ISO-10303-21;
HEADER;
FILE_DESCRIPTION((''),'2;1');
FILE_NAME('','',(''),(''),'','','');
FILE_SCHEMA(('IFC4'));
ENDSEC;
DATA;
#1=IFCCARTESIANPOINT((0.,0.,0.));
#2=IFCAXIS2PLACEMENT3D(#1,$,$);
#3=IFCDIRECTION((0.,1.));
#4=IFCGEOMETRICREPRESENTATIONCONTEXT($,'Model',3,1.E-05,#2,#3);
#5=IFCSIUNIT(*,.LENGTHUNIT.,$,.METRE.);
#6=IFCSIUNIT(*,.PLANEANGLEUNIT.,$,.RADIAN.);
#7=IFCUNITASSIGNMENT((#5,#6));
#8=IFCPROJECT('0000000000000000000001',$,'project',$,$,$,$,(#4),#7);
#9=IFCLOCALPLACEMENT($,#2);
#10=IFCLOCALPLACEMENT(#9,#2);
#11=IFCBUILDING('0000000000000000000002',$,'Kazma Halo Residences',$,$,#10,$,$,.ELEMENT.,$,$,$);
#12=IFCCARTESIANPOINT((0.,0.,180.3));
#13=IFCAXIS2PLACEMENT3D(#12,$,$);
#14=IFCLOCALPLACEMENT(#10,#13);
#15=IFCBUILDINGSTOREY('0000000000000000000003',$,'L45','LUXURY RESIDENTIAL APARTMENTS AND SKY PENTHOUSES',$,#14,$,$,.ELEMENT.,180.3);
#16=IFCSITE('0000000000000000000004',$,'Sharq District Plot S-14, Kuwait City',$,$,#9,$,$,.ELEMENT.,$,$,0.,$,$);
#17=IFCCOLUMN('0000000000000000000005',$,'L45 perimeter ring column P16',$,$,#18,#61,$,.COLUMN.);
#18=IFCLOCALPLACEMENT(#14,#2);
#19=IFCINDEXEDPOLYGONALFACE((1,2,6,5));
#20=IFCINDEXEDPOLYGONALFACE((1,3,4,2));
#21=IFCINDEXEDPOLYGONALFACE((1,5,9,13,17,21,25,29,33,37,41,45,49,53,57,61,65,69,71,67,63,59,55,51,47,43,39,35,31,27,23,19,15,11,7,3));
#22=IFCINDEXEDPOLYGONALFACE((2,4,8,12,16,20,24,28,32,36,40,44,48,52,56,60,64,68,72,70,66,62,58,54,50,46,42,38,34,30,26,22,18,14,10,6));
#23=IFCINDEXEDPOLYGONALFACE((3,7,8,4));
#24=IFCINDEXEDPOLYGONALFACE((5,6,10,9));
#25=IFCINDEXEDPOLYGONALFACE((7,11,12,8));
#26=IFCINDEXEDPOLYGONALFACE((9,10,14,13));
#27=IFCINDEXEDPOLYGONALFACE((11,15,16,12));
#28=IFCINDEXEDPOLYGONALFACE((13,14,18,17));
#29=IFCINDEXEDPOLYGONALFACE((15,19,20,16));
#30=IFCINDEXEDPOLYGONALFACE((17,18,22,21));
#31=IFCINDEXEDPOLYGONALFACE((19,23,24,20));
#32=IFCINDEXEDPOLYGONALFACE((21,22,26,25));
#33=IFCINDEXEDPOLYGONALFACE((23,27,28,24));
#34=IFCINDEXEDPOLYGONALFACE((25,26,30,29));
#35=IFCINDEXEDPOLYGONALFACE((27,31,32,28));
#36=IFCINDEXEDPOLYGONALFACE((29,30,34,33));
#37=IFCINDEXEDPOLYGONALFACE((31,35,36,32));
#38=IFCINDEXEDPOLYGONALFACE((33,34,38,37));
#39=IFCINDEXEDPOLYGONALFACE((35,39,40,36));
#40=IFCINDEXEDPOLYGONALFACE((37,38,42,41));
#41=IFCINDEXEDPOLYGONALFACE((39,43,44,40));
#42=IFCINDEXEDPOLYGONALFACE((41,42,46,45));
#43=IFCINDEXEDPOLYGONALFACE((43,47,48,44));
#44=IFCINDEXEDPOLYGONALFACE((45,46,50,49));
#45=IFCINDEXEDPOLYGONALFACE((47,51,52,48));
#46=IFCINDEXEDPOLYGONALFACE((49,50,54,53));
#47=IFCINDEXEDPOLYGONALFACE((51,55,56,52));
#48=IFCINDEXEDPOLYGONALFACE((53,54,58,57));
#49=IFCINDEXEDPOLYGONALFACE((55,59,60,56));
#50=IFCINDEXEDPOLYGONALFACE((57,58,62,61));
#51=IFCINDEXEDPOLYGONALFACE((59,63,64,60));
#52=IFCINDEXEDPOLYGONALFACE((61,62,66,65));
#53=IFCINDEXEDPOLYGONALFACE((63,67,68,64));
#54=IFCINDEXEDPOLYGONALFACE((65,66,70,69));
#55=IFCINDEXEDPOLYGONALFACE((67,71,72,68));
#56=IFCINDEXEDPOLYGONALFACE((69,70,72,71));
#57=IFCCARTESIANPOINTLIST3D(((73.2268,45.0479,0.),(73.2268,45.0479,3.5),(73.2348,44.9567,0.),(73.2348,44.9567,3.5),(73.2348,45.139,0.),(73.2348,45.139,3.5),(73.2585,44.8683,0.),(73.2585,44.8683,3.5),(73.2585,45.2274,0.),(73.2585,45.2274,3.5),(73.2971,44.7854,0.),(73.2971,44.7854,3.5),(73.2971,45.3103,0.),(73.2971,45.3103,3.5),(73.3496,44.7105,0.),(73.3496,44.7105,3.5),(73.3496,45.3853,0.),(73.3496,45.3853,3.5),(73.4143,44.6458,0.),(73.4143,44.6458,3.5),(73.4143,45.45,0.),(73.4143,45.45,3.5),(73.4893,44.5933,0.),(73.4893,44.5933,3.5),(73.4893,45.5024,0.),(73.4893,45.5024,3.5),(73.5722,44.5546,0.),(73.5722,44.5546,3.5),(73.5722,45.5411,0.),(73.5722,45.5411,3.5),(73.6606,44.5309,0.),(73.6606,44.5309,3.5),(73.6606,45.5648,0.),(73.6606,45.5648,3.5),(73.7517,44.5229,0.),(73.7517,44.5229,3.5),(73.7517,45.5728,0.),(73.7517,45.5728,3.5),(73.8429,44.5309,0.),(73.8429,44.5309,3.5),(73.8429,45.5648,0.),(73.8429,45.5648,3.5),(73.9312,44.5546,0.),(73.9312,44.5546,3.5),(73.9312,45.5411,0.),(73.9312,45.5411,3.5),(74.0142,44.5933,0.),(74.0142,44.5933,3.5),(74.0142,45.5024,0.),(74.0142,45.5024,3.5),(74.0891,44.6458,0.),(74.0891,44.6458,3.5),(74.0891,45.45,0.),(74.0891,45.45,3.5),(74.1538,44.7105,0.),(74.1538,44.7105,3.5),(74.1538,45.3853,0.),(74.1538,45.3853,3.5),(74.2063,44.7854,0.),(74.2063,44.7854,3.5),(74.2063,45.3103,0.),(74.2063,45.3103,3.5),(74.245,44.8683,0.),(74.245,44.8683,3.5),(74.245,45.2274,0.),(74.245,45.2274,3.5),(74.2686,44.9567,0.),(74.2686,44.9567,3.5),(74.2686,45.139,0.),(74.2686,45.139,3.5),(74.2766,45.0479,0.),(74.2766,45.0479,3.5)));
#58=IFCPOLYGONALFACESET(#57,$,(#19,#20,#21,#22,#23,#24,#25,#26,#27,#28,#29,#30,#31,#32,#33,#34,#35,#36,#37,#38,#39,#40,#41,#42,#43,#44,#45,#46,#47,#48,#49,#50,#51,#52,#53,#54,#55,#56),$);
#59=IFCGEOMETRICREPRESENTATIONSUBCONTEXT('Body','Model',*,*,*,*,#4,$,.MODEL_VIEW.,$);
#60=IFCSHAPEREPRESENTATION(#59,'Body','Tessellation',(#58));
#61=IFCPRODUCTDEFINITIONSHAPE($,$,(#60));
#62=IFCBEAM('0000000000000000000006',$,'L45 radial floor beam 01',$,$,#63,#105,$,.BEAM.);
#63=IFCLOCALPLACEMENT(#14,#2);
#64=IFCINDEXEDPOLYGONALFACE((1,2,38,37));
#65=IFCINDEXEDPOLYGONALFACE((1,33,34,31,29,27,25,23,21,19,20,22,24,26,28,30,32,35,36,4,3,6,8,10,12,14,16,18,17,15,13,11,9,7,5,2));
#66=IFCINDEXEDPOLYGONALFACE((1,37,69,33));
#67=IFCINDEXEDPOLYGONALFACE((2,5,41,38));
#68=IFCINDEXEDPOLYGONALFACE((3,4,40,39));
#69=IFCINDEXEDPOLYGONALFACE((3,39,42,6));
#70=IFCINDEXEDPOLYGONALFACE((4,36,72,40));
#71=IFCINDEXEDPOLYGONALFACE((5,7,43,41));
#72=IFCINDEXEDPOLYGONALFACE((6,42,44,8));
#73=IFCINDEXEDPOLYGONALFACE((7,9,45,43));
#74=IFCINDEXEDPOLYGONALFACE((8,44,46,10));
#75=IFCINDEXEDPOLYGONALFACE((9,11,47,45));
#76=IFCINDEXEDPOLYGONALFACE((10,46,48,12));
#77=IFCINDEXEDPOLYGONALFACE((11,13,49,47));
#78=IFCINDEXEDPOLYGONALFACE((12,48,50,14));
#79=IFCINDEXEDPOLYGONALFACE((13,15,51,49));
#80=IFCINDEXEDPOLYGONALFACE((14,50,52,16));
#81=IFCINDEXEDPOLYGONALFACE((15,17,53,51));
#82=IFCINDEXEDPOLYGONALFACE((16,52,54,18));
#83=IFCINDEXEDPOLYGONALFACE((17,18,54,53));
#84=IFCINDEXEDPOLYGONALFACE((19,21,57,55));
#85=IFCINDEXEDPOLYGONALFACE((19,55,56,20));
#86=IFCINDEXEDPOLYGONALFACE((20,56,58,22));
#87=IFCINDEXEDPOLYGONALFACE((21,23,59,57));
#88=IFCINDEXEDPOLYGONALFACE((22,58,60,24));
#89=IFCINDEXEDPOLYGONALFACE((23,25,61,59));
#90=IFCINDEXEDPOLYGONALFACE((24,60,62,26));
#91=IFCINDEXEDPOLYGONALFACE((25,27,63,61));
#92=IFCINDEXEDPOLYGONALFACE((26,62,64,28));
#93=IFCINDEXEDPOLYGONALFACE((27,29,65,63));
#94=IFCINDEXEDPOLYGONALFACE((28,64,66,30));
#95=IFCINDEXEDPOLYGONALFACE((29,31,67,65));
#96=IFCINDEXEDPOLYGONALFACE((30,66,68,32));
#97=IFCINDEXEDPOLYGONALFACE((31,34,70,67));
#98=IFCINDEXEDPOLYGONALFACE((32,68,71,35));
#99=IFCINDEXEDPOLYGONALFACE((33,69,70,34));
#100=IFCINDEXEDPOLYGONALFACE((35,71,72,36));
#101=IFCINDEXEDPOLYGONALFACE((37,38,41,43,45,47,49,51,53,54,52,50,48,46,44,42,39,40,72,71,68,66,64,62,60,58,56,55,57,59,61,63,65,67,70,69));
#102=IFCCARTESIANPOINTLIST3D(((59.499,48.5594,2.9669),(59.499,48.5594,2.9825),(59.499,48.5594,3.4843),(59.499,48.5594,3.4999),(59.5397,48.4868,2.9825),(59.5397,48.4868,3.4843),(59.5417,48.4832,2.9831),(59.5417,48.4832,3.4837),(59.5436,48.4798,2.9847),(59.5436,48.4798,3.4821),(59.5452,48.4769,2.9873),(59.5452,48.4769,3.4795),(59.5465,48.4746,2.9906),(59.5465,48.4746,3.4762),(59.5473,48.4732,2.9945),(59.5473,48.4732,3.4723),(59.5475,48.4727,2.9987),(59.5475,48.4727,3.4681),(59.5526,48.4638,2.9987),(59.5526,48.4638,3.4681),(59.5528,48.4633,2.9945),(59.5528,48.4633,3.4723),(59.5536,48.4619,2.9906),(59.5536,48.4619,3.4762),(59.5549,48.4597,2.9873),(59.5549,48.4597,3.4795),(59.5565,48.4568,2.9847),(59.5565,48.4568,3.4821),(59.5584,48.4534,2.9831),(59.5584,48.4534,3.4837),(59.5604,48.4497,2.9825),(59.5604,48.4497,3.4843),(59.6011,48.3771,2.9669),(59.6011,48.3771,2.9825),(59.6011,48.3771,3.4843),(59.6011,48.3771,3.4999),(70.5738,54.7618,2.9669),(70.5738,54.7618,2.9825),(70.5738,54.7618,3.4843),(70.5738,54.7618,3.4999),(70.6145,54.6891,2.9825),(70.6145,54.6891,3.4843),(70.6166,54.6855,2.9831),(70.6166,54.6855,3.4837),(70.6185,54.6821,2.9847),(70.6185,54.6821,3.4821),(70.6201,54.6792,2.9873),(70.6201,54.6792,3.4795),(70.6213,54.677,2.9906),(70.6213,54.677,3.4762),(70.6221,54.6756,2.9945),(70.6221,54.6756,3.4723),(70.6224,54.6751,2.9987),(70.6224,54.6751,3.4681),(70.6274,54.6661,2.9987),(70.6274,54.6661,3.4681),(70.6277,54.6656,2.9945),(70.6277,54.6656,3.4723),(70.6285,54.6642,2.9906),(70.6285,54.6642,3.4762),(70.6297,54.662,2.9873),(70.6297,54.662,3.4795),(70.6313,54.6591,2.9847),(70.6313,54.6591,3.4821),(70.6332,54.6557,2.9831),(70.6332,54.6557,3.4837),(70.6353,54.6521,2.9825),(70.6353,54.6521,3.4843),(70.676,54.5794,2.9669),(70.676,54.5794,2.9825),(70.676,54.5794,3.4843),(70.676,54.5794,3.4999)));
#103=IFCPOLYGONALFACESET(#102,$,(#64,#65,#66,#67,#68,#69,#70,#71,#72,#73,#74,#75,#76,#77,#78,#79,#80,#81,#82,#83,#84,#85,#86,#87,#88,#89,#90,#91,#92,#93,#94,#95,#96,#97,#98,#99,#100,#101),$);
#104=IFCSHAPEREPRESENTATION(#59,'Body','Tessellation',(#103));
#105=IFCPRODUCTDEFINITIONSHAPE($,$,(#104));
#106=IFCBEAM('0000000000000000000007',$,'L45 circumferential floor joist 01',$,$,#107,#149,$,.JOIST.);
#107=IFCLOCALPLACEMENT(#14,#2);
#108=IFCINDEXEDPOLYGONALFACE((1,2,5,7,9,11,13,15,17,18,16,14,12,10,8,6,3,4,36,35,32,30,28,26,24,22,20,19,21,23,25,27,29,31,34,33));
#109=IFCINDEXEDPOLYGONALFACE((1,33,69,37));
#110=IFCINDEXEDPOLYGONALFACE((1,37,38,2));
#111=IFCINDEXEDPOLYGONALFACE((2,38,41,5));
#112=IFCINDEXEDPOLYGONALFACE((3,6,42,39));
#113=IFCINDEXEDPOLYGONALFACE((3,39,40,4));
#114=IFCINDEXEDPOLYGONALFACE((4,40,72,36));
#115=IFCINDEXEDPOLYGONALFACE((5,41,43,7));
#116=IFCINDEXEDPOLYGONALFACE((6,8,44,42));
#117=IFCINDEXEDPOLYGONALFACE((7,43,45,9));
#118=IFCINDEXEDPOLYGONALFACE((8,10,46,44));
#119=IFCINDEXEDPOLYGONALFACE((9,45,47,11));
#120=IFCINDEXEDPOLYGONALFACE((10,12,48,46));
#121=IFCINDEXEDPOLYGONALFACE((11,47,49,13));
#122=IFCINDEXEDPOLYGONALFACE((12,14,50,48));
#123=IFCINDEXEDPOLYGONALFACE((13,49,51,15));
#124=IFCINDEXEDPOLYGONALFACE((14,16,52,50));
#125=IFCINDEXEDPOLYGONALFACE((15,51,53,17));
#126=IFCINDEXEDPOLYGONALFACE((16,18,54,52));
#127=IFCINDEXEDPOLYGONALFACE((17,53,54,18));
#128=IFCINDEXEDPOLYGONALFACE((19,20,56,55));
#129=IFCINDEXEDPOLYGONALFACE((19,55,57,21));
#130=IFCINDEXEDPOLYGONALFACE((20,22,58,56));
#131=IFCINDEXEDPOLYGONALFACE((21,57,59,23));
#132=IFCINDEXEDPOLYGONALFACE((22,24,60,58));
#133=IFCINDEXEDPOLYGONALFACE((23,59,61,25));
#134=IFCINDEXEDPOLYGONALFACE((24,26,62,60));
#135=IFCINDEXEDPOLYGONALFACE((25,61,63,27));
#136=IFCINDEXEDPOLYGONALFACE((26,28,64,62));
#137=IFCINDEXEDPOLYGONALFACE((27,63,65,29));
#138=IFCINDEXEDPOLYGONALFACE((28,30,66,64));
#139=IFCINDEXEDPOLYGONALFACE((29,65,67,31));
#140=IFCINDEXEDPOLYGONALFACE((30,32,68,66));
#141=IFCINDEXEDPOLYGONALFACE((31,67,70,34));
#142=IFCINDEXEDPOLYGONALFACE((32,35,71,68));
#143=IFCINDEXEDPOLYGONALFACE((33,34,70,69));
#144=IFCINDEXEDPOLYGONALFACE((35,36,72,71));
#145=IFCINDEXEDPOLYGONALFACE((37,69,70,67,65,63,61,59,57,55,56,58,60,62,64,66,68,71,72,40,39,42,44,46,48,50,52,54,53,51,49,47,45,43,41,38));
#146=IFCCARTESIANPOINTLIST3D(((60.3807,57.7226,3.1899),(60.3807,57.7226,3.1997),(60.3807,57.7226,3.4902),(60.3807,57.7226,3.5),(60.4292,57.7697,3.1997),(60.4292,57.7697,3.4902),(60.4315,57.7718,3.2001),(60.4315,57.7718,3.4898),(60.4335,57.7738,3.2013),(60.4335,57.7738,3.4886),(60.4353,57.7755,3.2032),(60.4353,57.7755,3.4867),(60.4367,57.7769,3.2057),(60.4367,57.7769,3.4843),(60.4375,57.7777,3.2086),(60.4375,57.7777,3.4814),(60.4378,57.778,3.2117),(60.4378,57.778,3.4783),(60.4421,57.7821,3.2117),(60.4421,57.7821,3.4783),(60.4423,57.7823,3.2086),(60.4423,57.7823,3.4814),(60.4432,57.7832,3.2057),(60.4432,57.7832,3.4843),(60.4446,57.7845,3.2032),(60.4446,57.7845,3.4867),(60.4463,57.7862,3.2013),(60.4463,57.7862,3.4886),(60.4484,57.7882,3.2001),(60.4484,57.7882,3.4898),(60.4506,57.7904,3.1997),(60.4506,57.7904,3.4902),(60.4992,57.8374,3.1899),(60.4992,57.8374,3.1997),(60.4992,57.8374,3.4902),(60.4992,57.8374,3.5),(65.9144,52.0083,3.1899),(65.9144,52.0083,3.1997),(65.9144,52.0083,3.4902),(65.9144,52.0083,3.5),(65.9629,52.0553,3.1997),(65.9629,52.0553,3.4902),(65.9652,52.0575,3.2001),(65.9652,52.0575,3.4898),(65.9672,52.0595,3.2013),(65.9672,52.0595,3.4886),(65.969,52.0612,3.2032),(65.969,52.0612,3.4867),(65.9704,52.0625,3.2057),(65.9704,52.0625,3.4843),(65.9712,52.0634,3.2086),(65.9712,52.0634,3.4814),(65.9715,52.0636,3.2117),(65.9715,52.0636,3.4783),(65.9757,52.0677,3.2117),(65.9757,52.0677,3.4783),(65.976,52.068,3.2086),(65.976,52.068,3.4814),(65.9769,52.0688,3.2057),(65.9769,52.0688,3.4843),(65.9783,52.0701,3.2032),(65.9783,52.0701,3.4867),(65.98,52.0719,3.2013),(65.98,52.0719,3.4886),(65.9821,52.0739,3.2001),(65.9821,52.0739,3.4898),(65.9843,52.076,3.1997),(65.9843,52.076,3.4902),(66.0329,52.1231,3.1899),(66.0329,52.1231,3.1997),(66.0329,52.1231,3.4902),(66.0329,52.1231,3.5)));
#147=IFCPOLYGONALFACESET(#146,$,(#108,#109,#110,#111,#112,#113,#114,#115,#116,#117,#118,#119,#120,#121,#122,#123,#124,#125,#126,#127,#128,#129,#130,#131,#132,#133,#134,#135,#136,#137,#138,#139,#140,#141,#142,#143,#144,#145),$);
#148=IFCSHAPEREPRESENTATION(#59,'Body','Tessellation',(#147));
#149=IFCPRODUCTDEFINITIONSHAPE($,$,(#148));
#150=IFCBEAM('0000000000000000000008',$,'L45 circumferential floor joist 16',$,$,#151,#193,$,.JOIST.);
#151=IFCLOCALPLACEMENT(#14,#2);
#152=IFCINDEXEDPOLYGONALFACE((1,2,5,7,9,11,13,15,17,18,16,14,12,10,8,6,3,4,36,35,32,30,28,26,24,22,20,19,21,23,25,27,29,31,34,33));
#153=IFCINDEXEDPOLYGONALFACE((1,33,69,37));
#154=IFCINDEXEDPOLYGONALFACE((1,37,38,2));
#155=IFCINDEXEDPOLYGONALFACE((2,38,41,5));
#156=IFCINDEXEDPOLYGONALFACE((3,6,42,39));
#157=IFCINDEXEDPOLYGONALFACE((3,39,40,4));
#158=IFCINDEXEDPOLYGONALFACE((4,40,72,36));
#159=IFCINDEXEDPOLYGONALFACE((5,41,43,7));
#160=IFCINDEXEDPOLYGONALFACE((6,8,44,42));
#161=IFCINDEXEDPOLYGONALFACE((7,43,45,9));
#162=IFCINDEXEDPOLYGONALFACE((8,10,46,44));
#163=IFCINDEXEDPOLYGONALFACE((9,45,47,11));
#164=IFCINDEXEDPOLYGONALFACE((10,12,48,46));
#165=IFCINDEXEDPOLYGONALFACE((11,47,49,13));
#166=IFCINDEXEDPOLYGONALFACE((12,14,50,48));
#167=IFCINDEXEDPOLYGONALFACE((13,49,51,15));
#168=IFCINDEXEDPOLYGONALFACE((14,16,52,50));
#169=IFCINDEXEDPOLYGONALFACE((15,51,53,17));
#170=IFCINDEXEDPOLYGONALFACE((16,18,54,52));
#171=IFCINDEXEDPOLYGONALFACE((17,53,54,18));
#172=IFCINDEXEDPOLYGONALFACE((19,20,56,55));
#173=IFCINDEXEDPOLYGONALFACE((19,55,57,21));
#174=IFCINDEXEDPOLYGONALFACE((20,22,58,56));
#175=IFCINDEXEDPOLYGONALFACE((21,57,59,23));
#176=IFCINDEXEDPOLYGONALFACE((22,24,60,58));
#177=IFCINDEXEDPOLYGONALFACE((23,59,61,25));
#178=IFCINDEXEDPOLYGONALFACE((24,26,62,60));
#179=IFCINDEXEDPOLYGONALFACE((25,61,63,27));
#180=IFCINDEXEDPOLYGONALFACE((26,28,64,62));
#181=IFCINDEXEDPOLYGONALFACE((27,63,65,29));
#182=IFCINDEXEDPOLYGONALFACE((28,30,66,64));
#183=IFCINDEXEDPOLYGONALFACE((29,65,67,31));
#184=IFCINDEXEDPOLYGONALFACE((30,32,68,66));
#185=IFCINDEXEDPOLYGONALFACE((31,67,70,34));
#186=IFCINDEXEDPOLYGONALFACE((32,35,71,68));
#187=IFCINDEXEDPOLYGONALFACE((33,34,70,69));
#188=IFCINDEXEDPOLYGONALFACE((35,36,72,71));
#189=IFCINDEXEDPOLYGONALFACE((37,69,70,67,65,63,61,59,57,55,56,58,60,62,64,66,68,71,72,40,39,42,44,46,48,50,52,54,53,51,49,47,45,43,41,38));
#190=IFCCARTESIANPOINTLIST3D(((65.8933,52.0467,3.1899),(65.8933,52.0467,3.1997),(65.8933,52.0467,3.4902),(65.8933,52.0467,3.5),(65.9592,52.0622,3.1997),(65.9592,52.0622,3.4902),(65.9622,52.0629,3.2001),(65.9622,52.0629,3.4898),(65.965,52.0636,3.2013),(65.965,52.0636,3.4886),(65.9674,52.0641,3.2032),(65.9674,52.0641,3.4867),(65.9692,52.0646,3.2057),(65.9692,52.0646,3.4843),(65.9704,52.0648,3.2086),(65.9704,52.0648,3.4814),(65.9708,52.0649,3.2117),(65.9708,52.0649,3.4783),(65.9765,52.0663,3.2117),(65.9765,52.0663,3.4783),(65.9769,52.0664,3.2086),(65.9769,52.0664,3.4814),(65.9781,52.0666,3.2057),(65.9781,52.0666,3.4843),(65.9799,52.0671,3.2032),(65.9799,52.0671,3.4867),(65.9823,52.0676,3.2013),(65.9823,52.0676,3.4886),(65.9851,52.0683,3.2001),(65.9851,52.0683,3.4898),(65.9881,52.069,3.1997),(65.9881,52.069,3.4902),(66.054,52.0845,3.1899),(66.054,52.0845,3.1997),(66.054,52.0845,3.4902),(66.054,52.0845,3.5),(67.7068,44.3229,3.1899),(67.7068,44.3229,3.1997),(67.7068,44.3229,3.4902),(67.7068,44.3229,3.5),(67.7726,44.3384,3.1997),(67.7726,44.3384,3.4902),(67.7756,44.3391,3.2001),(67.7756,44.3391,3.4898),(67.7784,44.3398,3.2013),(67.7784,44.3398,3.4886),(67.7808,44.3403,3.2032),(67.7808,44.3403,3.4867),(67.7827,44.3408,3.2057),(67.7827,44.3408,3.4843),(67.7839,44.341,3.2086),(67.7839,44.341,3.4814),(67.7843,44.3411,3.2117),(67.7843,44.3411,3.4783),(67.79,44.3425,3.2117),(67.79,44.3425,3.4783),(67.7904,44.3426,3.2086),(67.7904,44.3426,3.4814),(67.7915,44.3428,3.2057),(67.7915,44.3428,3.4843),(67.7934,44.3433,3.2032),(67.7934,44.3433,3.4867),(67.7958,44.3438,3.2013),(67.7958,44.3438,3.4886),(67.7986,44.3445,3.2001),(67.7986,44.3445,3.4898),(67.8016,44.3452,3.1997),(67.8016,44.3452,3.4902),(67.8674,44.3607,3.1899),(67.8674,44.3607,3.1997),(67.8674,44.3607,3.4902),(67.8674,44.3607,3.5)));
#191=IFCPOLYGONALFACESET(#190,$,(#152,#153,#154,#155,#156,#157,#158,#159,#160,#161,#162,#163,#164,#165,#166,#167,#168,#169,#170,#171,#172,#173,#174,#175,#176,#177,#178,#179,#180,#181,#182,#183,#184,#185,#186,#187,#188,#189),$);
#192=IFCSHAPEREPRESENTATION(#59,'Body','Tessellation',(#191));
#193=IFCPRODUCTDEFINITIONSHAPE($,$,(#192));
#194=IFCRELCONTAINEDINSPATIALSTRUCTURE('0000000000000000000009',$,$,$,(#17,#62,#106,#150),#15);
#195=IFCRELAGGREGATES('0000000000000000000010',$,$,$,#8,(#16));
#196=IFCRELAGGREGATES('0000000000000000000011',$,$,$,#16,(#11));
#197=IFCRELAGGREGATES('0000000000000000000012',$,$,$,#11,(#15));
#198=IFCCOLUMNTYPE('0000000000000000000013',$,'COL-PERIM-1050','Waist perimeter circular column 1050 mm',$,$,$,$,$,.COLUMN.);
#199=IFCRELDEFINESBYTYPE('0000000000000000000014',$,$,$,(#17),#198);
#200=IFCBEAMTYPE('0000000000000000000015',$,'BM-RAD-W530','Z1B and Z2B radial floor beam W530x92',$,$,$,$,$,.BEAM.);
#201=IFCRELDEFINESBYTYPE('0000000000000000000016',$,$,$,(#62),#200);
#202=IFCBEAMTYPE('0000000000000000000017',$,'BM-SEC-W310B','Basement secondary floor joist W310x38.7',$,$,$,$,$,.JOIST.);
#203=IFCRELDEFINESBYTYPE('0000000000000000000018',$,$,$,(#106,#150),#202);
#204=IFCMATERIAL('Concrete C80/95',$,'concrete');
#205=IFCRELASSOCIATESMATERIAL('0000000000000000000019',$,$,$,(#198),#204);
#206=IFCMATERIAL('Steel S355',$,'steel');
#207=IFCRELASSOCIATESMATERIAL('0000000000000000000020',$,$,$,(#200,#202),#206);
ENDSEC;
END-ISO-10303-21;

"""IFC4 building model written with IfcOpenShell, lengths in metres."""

from ifc_helpers import new_model, si_unit, direction, frame, origin, origin_2d, place, context, subcontext, project, spatial, circle, i_section, extrude, material, material_profile, profile_set, type_object, element, save


model = new_model("IFC4")

# Units and contexts
model_context = context("Model", 3, precision=1e-05, world=origin(), true_north=direction((0.0, 1.0)))
body_context = subcontext(model_context, "Body", "Model", "MODEL_VIEW")
ifc_project = project(units=[si_unit("LENGTHUNIT", "METRE"), si_unit("PLANEANGLEUNIT", "RADIAN")], contexts=[model_context])

# Site, building, storey
site_placement = place(None, origin())
site = spatial("IfcSite", under=ifc_project, at=site_placement, Name="Sharq District Plot S-14, Kuwait City", CompositionType="ELEMENT", RefElevation=0.0)
building_placement = place(site_placement, origin())
building = spatial("IfcBuilding", under=site, at=building_placement, Name="Kazma Halo Residences", CompositionType="ELEMENT")
storey_placement = place(building_placement, frame((0.0, 0.0, 180.3)))
storey = spatial("IfcBuildingStorey", under=building, at=storey_placement, Name="L45", Description="LUXURY RESIDENTIAL APARTMENTS AND SKY PENTHOUSES", CompositionType="ELEMENT", Elevation=180.3)

# Column
ifc_material_1 = material(Name="Concrete C80/95", Category="concrete")
ifc_material_profile_1 = material_profile(ifc_material_1, circle(Radius=0.5249, at=origin_2d()), Name="CIRC1050")
ifc_profile_set_1 = profile_set([ifc_material_profile_1], Name="Concrete C80/95")
column_type = type_object("IfcColumnType", Name="COL-PERIM-1050", Description="Waist perimeter circular column 1050 mm", PredefinedType="COLUMN", material=ifc_profile_set_1)
column_placement = place(storey_placement, frame((73.7517, 45.0479, 0.0), z_axis=(0.0, 0.0, 1.0), x_axis=(1.0, 0.0, 0.0)))
element("IfcColumn", 1, at=column_placement, inside=storey, type_object=column_type, Name="L45 perimeter ring column P16", PredefinedType="COLUMN", context=body_context, shape_type="SweptSolid", body=[
    extrude(circle(Radius=0.5249, at=origin_2d()), origin(), (0.0, 0.0, 1.0), 3.5),
])

# Beams
ifc_material_2 = material(Name="Steel S355", Category="steel")
ifc_material_profile_2 = material_profile(ifc_material_2, i_section(OverallWidth=0.209, OverallDepth=0.533, WebThickness=0.0103, FlangeThickness=0.0156, FilletRadius=0.0161, at=origin_2d()), Name="W530x92")
ifc_profile_set_2 = profile_set([ifc_material_profile_2], Name="Steel S355")
beam_type_1 = type_object("IfcBeamType", Name="BM-RAD-W530", Description="Z1B and Z2B radial floor beam W530x92", PredefinedType="BEAM", material=ifc_profile_set_2)
beam_1_placement = place(storey_placement, frame((59.55, 48.4683, 3.2334), z_axis=(0.872492, 0.488629, 0.0), x_axis=(-0.488629, 0.872492, 0.0)))
element("IfcBeam", 2, at=beam_1_placement, inside=storey, type_object=beam_type_1, Name="L45 radial floor beam 01", PredefinedType="BEAM", context=body_context, shape_type="SweptSolid", body=[
    extrude(i_section(OverallWidth=0.209, OverallDepth=0.533, WebThickness=0.0103, FlangeThickness=0.0156, FilletRadius=0.0161, at=origin_2d()), origin(), (0.0, 0.0, 1.0), 12.6934),
])
ifc_material_profile_3 = material_profile(ifc_material_2, i_section(OverallWidth=0.165, OverallDepth=0.3101, WebThickness=0.0059, FlangeThickness=0.0098, FilletRadius=0.012, at=origin_2d()), Name="W310x38.7")
ifc_profile_set_3 = profile_set([ifc_material_profile_3], Name="Steel S355")
beam_type_2 = type_object("IfcBeamType", Name="BM-SEC-W310B", Description="Basement secondary floor joist W310x38.7", PredefinedType="JOIST", material=ifc_profile_set_3)
beam_2_placement = place(storey_placement, frame((65.9736, 52.0657, 3.345), z_axis=(-0.69566, 0.718372, 0.0), x_axis=(-0.718372, -0.69566, 0.0)))
element("IfcBeam", 3, at=beam_2_placement, inside=storey, type_object=beam_type_2, Name="L45 circumferential floor joist 01", PredefinedType="JOIST", context=body_context, shape_type="SweptSolid", body=[
    extrude(i_section(OverallWidth=0.165, OverallDepth=0.3101, WebThickness=0.0059, FlangeThickness=0.0098, FilletRadius=0.012, at=origin_2d()), origin(), (0.0, 0.0, 1.0), 7.9546),
])
beam_3_placement = place(storey_placement, frame((67.7871, 44.3418, 3.345), z_axis=(-0.228573, 0.973527, 0.0), x_axis=(-0.973527, -0.228573, 0.0)))
element("IfcBeam", 4, at=beam_3_placement, inside=storey, type_object=beam_type_2, Name="L45 circumferential floor joist 16", PredefinedType="JOIST", context=body_context, shape_type="SweptSolid", body=[
    extrude(i_section(OverallWidth=0.165, OverallDepth=0.3101, WebThickness=0.0059, FlangeThickness=0.0098, FilletRadius=0.012, at=origin_2d()), origin(), (0.0, 0.0, 1.0), 7.9338),
])

save(model, "model.ifc")
